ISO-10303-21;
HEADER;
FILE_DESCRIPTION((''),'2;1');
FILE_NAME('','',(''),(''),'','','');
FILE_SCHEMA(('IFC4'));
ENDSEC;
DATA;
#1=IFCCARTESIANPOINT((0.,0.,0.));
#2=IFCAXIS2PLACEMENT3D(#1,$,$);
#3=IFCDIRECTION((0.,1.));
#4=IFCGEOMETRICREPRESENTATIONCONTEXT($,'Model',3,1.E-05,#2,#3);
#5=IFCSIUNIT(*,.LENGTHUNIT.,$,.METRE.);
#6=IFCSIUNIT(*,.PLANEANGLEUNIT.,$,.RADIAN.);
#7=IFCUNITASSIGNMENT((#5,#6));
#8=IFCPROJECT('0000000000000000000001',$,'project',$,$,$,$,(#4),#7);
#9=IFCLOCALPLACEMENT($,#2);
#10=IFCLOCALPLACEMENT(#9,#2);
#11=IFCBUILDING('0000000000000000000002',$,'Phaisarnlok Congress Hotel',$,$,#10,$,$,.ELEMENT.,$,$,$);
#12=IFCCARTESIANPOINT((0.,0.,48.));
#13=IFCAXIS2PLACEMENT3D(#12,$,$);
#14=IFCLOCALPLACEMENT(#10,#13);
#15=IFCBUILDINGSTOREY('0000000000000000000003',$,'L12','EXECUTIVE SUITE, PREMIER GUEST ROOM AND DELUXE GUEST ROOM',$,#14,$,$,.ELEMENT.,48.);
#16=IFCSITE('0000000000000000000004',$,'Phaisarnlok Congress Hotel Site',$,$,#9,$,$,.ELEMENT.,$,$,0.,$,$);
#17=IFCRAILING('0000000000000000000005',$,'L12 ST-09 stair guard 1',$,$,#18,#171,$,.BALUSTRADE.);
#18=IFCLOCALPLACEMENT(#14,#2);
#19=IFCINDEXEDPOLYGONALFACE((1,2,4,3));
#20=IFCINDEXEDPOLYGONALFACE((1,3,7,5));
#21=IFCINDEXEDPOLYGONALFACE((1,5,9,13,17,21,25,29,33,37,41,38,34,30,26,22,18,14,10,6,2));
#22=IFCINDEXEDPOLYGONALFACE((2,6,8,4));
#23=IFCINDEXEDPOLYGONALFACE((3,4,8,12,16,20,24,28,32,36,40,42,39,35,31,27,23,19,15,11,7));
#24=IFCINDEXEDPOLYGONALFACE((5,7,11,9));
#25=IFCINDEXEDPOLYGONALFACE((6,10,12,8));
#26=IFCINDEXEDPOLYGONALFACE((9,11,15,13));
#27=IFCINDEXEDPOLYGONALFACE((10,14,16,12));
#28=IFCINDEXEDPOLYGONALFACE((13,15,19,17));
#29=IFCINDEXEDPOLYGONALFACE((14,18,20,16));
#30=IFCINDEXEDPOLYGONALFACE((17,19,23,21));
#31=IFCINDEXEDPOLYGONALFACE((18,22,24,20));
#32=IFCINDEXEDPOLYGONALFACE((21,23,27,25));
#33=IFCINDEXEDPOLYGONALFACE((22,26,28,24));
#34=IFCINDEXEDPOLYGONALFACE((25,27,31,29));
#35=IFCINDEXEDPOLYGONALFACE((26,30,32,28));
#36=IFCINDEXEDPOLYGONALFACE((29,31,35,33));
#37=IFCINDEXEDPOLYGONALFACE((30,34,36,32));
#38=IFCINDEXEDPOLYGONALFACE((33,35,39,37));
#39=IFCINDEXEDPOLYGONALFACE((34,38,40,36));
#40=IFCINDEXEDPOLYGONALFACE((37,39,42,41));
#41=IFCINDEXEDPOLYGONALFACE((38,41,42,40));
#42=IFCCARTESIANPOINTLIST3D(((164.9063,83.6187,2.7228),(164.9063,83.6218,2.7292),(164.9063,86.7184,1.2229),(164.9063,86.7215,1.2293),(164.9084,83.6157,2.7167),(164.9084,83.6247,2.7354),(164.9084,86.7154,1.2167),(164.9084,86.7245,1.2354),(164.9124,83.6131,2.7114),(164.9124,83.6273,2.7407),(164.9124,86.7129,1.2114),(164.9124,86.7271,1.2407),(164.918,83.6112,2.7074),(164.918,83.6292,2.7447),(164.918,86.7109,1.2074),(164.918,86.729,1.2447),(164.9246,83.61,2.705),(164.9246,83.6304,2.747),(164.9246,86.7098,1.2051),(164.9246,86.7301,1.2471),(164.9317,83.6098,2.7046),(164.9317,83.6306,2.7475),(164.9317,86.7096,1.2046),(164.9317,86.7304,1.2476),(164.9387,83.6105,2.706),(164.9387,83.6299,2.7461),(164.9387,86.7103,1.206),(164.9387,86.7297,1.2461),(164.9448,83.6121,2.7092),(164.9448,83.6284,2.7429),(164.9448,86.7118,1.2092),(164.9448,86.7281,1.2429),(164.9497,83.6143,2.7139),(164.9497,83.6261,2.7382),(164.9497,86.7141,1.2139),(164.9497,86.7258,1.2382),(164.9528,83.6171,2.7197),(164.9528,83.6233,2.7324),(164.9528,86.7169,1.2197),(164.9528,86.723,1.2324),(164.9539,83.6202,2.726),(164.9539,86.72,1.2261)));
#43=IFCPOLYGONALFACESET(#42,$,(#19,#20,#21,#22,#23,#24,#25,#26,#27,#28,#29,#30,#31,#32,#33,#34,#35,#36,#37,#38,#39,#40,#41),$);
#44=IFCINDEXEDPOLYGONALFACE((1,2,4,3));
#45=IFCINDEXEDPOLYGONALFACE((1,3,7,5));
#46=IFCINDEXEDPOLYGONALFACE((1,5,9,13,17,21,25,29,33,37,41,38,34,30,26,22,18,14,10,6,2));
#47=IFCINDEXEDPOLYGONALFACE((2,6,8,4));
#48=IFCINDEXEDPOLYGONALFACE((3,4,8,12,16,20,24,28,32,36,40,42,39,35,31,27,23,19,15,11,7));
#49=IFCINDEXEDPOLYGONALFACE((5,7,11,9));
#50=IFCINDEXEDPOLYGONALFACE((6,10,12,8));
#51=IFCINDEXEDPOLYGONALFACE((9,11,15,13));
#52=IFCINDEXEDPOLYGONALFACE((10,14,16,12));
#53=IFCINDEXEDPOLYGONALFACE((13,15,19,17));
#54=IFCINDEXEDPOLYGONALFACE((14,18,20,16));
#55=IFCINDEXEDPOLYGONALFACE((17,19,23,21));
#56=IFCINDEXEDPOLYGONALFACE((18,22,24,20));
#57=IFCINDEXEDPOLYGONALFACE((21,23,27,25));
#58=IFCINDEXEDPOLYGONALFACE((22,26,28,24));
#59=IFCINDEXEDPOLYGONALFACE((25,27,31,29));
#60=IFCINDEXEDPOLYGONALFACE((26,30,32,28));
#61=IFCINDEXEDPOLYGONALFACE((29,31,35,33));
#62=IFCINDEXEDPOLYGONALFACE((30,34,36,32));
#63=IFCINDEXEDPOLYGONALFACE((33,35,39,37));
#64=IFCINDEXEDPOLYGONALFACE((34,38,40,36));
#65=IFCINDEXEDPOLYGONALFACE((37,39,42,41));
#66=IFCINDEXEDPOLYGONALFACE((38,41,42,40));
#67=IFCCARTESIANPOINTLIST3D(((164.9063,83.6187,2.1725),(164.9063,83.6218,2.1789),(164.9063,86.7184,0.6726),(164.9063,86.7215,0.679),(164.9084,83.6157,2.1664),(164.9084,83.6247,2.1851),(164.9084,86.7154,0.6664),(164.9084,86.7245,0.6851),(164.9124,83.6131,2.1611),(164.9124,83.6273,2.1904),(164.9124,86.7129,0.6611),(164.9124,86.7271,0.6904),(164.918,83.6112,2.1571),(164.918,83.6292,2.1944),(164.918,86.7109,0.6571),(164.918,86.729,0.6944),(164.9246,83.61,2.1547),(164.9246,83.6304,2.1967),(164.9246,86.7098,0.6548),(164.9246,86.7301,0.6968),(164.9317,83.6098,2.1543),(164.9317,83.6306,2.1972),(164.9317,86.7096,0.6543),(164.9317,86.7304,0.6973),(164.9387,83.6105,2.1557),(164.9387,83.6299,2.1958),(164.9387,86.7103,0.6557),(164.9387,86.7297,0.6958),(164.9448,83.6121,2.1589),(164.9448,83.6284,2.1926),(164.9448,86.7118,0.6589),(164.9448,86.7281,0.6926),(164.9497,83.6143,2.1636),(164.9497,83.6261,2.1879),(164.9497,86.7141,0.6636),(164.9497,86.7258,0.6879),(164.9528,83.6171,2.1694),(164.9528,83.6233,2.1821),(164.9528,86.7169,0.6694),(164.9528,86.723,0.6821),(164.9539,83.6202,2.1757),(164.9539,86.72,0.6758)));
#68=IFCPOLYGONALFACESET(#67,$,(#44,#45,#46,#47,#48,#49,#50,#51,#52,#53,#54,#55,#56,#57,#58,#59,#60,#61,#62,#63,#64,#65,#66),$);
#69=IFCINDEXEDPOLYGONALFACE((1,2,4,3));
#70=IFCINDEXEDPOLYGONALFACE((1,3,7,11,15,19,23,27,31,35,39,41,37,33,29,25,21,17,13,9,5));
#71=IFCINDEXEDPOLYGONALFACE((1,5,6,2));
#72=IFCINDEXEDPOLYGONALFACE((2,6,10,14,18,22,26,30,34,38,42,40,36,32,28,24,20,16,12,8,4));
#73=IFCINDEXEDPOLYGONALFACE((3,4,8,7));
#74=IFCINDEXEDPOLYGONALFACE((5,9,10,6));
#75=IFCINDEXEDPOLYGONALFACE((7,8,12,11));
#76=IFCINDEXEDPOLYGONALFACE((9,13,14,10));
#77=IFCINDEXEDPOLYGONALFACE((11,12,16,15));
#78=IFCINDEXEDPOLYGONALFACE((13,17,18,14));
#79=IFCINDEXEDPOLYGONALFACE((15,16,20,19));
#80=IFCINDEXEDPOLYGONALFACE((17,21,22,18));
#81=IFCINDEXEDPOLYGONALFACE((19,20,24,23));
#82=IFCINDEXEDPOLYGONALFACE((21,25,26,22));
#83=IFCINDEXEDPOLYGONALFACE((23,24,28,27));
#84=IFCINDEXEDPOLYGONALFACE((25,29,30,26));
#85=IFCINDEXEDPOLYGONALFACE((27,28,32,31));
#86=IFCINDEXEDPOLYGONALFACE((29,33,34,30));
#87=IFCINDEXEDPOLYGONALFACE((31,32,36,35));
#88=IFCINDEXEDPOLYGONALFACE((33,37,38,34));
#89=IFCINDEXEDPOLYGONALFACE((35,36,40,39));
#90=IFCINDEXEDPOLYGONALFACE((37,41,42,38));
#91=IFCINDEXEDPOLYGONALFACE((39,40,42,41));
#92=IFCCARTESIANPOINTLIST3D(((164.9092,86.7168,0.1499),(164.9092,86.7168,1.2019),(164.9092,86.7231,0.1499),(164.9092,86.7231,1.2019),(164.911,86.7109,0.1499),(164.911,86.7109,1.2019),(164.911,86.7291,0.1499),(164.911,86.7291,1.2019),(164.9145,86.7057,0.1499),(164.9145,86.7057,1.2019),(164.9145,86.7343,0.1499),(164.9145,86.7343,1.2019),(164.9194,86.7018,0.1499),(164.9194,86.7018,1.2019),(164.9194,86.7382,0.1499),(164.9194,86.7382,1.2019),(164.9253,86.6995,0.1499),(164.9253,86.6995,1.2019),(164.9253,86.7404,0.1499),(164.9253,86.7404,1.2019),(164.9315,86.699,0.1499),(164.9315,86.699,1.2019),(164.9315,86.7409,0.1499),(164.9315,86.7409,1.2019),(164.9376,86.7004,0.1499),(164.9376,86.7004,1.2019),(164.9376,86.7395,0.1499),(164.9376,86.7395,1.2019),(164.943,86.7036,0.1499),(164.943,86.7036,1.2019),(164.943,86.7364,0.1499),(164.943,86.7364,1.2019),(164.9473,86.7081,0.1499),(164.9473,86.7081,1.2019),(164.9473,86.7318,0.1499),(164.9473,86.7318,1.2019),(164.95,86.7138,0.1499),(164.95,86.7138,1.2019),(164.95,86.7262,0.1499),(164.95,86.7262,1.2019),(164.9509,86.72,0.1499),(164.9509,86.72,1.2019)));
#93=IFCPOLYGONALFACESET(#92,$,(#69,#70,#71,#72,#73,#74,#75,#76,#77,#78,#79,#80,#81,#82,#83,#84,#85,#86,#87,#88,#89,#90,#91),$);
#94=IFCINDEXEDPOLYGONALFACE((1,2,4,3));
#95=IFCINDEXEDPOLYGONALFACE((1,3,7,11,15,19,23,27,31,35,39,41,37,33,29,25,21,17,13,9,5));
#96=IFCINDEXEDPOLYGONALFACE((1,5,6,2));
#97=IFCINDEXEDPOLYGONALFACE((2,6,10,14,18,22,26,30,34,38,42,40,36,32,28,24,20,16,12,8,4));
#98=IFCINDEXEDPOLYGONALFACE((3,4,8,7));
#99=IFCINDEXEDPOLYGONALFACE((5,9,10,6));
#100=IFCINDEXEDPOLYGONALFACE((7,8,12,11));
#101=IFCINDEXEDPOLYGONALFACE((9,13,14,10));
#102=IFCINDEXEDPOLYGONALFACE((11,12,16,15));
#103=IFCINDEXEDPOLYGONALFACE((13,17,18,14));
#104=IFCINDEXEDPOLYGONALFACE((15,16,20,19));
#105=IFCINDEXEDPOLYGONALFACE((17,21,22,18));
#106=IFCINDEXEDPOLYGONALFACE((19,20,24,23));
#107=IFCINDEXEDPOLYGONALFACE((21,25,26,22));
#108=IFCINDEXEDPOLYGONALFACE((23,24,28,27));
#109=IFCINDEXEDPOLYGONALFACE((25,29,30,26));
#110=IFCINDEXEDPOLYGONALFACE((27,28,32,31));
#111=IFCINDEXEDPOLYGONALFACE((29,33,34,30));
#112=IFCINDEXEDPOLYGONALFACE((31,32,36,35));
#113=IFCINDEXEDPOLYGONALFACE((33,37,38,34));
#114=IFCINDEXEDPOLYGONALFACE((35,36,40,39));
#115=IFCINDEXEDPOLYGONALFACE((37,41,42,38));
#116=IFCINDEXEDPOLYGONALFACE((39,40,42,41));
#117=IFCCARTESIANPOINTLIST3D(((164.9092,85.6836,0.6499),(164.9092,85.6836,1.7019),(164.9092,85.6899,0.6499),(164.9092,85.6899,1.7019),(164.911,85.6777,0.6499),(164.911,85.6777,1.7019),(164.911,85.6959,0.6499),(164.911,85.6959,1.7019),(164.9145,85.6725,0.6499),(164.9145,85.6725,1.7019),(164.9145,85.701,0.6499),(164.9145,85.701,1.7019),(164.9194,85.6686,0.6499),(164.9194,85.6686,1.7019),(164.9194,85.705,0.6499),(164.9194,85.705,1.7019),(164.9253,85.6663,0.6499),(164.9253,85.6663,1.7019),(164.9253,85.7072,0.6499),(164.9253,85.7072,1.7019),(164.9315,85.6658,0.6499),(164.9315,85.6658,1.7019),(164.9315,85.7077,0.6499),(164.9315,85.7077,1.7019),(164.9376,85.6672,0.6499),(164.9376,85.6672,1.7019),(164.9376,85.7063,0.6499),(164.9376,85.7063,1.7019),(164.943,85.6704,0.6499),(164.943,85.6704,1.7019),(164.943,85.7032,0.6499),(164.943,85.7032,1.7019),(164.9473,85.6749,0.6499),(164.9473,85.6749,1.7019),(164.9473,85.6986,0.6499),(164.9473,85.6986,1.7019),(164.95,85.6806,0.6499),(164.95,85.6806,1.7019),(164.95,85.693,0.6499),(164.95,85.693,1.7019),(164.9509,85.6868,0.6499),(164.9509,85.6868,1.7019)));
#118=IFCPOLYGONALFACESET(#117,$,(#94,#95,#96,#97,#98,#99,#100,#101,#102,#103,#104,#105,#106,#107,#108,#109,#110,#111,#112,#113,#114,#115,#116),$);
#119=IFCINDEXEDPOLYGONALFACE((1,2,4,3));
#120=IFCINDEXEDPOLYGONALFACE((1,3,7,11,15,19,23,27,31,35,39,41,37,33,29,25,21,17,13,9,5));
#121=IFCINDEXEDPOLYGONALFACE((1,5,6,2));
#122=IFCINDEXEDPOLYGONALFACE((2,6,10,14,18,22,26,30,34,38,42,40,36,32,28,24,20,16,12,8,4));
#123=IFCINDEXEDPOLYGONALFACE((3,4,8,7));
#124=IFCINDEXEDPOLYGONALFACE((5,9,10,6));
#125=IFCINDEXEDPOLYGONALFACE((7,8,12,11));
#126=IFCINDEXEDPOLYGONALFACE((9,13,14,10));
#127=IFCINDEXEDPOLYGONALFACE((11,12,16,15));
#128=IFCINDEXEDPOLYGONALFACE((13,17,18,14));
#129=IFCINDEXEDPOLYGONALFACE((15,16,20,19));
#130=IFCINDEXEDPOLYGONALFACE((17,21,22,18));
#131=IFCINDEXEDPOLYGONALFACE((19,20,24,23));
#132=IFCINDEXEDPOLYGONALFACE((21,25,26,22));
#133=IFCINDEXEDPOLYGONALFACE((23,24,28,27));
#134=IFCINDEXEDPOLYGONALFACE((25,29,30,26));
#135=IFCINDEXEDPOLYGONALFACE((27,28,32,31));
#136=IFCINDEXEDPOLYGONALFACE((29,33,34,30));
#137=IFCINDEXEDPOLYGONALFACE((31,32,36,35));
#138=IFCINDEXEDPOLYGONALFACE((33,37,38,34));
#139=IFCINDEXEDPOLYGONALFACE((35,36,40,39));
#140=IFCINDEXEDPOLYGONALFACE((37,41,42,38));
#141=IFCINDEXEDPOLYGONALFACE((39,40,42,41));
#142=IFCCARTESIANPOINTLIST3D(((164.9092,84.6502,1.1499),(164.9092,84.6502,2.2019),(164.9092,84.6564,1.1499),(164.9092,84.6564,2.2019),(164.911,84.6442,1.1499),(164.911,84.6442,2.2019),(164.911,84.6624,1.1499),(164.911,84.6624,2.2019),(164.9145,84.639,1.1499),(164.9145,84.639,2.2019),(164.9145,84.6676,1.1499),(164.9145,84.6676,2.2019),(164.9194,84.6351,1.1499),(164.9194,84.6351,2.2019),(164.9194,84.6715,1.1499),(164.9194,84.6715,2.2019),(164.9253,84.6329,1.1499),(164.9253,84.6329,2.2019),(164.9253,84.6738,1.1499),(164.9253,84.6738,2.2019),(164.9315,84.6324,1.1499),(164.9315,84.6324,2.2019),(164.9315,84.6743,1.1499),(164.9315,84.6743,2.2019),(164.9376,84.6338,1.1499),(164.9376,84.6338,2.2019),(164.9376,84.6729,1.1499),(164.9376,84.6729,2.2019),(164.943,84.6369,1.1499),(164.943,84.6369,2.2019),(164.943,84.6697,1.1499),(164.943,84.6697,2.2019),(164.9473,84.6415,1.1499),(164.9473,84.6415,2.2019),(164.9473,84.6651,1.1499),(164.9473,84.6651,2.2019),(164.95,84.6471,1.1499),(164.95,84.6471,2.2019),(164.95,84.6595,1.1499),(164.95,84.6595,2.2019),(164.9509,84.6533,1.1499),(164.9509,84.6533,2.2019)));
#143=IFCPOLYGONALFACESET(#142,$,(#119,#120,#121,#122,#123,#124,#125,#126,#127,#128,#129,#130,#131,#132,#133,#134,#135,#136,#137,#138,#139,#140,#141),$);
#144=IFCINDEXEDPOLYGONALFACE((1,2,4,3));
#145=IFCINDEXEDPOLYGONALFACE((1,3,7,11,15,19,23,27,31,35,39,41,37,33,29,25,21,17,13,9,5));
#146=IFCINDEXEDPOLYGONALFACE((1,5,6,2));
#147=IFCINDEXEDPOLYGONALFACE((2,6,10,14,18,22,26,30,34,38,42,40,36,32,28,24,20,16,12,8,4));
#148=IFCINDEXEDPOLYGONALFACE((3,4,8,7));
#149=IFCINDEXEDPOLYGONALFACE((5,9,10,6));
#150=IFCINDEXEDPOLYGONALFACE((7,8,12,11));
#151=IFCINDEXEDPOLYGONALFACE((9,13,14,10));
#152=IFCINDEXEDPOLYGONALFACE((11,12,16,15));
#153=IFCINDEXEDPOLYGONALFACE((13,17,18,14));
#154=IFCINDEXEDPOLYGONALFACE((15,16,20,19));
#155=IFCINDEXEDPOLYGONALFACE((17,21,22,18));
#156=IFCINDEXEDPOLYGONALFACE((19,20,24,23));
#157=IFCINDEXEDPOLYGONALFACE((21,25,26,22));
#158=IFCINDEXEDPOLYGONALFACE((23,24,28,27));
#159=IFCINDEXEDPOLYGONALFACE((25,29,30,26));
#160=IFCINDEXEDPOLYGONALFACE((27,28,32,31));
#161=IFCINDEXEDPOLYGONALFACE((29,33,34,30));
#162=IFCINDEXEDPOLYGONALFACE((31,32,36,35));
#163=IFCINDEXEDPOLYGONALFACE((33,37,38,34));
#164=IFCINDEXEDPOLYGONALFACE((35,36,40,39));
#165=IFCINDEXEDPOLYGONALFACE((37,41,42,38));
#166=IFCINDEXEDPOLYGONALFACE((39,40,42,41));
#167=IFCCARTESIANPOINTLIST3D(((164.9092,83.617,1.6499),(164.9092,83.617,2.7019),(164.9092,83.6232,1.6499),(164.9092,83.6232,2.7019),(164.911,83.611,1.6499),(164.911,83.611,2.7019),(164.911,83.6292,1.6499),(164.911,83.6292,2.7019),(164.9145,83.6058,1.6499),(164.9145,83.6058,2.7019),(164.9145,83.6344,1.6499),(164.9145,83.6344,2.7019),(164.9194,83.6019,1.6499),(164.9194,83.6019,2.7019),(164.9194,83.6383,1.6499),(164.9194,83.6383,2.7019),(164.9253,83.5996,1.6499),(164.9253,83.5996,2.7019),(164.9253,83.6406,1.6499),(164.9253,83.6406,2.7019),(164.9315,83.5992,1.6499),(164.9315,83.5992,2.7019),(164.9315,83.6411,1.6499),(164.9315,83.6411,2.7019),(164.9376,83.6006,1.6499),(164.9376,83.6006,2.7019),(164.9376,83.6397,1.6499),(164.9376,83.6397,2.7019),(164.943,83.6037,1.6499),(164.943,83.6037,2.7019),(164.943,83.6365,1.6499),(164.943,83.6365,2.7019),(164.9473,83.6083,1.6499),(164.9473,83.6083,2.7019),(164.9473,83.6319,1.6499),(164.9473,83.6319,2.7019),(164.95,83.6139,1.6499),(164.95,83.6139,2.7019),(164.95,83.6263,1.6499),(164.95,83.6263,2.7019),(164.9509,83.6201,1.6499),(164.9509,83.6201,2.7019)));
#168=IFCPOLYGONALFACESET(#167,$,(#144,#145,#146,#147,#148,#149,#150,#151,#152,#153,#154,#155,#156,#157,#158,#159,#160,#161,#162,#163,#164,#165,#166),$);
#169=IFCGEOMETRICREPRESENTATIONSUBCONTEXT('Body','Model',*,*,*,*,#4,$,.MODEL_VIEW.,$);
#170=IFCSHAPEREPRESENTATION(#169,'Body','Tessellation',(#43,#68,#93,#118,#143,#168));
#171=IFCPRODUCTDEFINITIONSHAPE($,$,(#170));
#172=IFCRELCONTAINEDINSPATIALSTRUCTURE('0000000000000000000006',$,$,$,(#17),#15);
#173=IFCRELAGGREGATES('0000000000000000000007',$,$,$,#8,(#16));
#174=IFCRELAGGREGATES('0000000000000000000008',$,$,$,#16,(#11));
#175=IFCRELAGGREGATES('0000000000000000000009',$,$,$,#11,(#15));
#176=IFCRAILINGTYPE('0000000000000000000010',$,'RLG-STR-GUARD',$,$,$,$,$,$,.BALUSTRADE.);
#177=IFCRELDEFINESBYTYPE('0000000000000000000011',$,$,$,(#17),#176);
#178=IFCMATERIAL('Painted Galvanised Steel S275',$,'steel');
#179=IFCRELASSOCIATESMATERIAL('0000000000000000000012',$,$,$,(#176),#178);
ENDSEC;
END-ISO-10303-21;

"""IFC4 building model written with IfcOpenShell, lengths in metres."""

from ifc_helpers import new_model, si_unit, direction, frame, origin, origin_2d, place, context, subcontext, project, spatial, circle, extrude, material, type_object, element, save


model = new_model("IFC4")

# Units and contexts
model_context = context("Model", 3, precision=1e-05, world=origin(), true_north=direction((0.0, 1.0)))
body_context = subcontext(model_context, "Body", "Model", "MODEL_VIEW")
ifc_project = project(units=[si_unit("LENGTHUNIT", "METRE"), si_unit("PLANEANGLEUNIT", "RADIAN")], contexts=[model_context])

# Site, building, storey
site_placement = place(None, origin())
site = spatial("IfcSite", under=ifc_project, at=site_placement, Name="Phaisarnlok Congress Hotel Site", CompositionType="ELEMENT", RefElevation=0.0)
building_placement = place(site_placement, origin())
building = spatial("IfcBuilding", under=site, at=building_placement, Name="Phaisarnlok Congress Hotel", CompositionType="ELEMENT")
storey_placement = place(building_placement, frame((0.0, 0.0, 48.0)))
storey = spatial("IfcBuildingStorey", under=building, at=storey_placement, Name="L12", Description="EXECUTIVE SUITE, PREMIER GUEST ROOM AND DELUXE GUEST ROOM", CompositionType="ELEMENT", Elevation=48.0)

# Railing
ifc_material_1 = material(Name="Painted Galvanised Steel S275", Category="steel")
railing_type_1 = type_object("IfcRailingType", Name="RLG-STR-GUARD", PredefinedType="BALUSTRADE", material=ifc_material_1)
railing_1_placement = place(storey_placement, frame((164.9299, 86.72, 0.1499)))
element("IfcRailing", 1, at=railing_1_placement, inside=storey, type_object=railing_type_1, Name="L12 ST-09 stair guard 1", PredefinedType="BALUSTRADE", context=body_context, shape_type="SweptSolid", body=[
    extrude(circle(Radius=0.0239, at=origin_2d()), frame((0.0, 0.0, 1.0762), z_axis=(0.0, -0.900151, 0.435578), x_axis=(1.0, 0.0, 0.0)), (0.0, 0.0, 1.0), 3.4436),
    extrude(circle(Radius=0.0239, at=origin_2d()), frame((0.0, 0.0, 0.5259), z_axis=(0.0, -0.900151, 0.435578), x_axis=(1.0, 0.0, 0.0)), (0.0, 0.0, 1.0), 3.4436),
    extrude(circle(Radius=0.021, at=origin_2d()), origin(), (0.0, 0.0, 1.0), 1.052),
    extrude(circle(Radius=0.021, at=origin_2d()), frame((0.0, -1.0332, 0.5)), (0.0, 0.0, 1.0), 1.052),
    extrude(circle(Radius=0.021, at=origin_2d()), frame((0.0, -2.0667, 1.0)), (0.0, 0.0, 1.0), 1.052),
    extrude(circle(Radius=0.021, at=origin_2d()), frame((0.0, -3.0999, 1.5)), (0.0, 0.0, 1.0), 1.052),
])

save(model, "model.ifc")
